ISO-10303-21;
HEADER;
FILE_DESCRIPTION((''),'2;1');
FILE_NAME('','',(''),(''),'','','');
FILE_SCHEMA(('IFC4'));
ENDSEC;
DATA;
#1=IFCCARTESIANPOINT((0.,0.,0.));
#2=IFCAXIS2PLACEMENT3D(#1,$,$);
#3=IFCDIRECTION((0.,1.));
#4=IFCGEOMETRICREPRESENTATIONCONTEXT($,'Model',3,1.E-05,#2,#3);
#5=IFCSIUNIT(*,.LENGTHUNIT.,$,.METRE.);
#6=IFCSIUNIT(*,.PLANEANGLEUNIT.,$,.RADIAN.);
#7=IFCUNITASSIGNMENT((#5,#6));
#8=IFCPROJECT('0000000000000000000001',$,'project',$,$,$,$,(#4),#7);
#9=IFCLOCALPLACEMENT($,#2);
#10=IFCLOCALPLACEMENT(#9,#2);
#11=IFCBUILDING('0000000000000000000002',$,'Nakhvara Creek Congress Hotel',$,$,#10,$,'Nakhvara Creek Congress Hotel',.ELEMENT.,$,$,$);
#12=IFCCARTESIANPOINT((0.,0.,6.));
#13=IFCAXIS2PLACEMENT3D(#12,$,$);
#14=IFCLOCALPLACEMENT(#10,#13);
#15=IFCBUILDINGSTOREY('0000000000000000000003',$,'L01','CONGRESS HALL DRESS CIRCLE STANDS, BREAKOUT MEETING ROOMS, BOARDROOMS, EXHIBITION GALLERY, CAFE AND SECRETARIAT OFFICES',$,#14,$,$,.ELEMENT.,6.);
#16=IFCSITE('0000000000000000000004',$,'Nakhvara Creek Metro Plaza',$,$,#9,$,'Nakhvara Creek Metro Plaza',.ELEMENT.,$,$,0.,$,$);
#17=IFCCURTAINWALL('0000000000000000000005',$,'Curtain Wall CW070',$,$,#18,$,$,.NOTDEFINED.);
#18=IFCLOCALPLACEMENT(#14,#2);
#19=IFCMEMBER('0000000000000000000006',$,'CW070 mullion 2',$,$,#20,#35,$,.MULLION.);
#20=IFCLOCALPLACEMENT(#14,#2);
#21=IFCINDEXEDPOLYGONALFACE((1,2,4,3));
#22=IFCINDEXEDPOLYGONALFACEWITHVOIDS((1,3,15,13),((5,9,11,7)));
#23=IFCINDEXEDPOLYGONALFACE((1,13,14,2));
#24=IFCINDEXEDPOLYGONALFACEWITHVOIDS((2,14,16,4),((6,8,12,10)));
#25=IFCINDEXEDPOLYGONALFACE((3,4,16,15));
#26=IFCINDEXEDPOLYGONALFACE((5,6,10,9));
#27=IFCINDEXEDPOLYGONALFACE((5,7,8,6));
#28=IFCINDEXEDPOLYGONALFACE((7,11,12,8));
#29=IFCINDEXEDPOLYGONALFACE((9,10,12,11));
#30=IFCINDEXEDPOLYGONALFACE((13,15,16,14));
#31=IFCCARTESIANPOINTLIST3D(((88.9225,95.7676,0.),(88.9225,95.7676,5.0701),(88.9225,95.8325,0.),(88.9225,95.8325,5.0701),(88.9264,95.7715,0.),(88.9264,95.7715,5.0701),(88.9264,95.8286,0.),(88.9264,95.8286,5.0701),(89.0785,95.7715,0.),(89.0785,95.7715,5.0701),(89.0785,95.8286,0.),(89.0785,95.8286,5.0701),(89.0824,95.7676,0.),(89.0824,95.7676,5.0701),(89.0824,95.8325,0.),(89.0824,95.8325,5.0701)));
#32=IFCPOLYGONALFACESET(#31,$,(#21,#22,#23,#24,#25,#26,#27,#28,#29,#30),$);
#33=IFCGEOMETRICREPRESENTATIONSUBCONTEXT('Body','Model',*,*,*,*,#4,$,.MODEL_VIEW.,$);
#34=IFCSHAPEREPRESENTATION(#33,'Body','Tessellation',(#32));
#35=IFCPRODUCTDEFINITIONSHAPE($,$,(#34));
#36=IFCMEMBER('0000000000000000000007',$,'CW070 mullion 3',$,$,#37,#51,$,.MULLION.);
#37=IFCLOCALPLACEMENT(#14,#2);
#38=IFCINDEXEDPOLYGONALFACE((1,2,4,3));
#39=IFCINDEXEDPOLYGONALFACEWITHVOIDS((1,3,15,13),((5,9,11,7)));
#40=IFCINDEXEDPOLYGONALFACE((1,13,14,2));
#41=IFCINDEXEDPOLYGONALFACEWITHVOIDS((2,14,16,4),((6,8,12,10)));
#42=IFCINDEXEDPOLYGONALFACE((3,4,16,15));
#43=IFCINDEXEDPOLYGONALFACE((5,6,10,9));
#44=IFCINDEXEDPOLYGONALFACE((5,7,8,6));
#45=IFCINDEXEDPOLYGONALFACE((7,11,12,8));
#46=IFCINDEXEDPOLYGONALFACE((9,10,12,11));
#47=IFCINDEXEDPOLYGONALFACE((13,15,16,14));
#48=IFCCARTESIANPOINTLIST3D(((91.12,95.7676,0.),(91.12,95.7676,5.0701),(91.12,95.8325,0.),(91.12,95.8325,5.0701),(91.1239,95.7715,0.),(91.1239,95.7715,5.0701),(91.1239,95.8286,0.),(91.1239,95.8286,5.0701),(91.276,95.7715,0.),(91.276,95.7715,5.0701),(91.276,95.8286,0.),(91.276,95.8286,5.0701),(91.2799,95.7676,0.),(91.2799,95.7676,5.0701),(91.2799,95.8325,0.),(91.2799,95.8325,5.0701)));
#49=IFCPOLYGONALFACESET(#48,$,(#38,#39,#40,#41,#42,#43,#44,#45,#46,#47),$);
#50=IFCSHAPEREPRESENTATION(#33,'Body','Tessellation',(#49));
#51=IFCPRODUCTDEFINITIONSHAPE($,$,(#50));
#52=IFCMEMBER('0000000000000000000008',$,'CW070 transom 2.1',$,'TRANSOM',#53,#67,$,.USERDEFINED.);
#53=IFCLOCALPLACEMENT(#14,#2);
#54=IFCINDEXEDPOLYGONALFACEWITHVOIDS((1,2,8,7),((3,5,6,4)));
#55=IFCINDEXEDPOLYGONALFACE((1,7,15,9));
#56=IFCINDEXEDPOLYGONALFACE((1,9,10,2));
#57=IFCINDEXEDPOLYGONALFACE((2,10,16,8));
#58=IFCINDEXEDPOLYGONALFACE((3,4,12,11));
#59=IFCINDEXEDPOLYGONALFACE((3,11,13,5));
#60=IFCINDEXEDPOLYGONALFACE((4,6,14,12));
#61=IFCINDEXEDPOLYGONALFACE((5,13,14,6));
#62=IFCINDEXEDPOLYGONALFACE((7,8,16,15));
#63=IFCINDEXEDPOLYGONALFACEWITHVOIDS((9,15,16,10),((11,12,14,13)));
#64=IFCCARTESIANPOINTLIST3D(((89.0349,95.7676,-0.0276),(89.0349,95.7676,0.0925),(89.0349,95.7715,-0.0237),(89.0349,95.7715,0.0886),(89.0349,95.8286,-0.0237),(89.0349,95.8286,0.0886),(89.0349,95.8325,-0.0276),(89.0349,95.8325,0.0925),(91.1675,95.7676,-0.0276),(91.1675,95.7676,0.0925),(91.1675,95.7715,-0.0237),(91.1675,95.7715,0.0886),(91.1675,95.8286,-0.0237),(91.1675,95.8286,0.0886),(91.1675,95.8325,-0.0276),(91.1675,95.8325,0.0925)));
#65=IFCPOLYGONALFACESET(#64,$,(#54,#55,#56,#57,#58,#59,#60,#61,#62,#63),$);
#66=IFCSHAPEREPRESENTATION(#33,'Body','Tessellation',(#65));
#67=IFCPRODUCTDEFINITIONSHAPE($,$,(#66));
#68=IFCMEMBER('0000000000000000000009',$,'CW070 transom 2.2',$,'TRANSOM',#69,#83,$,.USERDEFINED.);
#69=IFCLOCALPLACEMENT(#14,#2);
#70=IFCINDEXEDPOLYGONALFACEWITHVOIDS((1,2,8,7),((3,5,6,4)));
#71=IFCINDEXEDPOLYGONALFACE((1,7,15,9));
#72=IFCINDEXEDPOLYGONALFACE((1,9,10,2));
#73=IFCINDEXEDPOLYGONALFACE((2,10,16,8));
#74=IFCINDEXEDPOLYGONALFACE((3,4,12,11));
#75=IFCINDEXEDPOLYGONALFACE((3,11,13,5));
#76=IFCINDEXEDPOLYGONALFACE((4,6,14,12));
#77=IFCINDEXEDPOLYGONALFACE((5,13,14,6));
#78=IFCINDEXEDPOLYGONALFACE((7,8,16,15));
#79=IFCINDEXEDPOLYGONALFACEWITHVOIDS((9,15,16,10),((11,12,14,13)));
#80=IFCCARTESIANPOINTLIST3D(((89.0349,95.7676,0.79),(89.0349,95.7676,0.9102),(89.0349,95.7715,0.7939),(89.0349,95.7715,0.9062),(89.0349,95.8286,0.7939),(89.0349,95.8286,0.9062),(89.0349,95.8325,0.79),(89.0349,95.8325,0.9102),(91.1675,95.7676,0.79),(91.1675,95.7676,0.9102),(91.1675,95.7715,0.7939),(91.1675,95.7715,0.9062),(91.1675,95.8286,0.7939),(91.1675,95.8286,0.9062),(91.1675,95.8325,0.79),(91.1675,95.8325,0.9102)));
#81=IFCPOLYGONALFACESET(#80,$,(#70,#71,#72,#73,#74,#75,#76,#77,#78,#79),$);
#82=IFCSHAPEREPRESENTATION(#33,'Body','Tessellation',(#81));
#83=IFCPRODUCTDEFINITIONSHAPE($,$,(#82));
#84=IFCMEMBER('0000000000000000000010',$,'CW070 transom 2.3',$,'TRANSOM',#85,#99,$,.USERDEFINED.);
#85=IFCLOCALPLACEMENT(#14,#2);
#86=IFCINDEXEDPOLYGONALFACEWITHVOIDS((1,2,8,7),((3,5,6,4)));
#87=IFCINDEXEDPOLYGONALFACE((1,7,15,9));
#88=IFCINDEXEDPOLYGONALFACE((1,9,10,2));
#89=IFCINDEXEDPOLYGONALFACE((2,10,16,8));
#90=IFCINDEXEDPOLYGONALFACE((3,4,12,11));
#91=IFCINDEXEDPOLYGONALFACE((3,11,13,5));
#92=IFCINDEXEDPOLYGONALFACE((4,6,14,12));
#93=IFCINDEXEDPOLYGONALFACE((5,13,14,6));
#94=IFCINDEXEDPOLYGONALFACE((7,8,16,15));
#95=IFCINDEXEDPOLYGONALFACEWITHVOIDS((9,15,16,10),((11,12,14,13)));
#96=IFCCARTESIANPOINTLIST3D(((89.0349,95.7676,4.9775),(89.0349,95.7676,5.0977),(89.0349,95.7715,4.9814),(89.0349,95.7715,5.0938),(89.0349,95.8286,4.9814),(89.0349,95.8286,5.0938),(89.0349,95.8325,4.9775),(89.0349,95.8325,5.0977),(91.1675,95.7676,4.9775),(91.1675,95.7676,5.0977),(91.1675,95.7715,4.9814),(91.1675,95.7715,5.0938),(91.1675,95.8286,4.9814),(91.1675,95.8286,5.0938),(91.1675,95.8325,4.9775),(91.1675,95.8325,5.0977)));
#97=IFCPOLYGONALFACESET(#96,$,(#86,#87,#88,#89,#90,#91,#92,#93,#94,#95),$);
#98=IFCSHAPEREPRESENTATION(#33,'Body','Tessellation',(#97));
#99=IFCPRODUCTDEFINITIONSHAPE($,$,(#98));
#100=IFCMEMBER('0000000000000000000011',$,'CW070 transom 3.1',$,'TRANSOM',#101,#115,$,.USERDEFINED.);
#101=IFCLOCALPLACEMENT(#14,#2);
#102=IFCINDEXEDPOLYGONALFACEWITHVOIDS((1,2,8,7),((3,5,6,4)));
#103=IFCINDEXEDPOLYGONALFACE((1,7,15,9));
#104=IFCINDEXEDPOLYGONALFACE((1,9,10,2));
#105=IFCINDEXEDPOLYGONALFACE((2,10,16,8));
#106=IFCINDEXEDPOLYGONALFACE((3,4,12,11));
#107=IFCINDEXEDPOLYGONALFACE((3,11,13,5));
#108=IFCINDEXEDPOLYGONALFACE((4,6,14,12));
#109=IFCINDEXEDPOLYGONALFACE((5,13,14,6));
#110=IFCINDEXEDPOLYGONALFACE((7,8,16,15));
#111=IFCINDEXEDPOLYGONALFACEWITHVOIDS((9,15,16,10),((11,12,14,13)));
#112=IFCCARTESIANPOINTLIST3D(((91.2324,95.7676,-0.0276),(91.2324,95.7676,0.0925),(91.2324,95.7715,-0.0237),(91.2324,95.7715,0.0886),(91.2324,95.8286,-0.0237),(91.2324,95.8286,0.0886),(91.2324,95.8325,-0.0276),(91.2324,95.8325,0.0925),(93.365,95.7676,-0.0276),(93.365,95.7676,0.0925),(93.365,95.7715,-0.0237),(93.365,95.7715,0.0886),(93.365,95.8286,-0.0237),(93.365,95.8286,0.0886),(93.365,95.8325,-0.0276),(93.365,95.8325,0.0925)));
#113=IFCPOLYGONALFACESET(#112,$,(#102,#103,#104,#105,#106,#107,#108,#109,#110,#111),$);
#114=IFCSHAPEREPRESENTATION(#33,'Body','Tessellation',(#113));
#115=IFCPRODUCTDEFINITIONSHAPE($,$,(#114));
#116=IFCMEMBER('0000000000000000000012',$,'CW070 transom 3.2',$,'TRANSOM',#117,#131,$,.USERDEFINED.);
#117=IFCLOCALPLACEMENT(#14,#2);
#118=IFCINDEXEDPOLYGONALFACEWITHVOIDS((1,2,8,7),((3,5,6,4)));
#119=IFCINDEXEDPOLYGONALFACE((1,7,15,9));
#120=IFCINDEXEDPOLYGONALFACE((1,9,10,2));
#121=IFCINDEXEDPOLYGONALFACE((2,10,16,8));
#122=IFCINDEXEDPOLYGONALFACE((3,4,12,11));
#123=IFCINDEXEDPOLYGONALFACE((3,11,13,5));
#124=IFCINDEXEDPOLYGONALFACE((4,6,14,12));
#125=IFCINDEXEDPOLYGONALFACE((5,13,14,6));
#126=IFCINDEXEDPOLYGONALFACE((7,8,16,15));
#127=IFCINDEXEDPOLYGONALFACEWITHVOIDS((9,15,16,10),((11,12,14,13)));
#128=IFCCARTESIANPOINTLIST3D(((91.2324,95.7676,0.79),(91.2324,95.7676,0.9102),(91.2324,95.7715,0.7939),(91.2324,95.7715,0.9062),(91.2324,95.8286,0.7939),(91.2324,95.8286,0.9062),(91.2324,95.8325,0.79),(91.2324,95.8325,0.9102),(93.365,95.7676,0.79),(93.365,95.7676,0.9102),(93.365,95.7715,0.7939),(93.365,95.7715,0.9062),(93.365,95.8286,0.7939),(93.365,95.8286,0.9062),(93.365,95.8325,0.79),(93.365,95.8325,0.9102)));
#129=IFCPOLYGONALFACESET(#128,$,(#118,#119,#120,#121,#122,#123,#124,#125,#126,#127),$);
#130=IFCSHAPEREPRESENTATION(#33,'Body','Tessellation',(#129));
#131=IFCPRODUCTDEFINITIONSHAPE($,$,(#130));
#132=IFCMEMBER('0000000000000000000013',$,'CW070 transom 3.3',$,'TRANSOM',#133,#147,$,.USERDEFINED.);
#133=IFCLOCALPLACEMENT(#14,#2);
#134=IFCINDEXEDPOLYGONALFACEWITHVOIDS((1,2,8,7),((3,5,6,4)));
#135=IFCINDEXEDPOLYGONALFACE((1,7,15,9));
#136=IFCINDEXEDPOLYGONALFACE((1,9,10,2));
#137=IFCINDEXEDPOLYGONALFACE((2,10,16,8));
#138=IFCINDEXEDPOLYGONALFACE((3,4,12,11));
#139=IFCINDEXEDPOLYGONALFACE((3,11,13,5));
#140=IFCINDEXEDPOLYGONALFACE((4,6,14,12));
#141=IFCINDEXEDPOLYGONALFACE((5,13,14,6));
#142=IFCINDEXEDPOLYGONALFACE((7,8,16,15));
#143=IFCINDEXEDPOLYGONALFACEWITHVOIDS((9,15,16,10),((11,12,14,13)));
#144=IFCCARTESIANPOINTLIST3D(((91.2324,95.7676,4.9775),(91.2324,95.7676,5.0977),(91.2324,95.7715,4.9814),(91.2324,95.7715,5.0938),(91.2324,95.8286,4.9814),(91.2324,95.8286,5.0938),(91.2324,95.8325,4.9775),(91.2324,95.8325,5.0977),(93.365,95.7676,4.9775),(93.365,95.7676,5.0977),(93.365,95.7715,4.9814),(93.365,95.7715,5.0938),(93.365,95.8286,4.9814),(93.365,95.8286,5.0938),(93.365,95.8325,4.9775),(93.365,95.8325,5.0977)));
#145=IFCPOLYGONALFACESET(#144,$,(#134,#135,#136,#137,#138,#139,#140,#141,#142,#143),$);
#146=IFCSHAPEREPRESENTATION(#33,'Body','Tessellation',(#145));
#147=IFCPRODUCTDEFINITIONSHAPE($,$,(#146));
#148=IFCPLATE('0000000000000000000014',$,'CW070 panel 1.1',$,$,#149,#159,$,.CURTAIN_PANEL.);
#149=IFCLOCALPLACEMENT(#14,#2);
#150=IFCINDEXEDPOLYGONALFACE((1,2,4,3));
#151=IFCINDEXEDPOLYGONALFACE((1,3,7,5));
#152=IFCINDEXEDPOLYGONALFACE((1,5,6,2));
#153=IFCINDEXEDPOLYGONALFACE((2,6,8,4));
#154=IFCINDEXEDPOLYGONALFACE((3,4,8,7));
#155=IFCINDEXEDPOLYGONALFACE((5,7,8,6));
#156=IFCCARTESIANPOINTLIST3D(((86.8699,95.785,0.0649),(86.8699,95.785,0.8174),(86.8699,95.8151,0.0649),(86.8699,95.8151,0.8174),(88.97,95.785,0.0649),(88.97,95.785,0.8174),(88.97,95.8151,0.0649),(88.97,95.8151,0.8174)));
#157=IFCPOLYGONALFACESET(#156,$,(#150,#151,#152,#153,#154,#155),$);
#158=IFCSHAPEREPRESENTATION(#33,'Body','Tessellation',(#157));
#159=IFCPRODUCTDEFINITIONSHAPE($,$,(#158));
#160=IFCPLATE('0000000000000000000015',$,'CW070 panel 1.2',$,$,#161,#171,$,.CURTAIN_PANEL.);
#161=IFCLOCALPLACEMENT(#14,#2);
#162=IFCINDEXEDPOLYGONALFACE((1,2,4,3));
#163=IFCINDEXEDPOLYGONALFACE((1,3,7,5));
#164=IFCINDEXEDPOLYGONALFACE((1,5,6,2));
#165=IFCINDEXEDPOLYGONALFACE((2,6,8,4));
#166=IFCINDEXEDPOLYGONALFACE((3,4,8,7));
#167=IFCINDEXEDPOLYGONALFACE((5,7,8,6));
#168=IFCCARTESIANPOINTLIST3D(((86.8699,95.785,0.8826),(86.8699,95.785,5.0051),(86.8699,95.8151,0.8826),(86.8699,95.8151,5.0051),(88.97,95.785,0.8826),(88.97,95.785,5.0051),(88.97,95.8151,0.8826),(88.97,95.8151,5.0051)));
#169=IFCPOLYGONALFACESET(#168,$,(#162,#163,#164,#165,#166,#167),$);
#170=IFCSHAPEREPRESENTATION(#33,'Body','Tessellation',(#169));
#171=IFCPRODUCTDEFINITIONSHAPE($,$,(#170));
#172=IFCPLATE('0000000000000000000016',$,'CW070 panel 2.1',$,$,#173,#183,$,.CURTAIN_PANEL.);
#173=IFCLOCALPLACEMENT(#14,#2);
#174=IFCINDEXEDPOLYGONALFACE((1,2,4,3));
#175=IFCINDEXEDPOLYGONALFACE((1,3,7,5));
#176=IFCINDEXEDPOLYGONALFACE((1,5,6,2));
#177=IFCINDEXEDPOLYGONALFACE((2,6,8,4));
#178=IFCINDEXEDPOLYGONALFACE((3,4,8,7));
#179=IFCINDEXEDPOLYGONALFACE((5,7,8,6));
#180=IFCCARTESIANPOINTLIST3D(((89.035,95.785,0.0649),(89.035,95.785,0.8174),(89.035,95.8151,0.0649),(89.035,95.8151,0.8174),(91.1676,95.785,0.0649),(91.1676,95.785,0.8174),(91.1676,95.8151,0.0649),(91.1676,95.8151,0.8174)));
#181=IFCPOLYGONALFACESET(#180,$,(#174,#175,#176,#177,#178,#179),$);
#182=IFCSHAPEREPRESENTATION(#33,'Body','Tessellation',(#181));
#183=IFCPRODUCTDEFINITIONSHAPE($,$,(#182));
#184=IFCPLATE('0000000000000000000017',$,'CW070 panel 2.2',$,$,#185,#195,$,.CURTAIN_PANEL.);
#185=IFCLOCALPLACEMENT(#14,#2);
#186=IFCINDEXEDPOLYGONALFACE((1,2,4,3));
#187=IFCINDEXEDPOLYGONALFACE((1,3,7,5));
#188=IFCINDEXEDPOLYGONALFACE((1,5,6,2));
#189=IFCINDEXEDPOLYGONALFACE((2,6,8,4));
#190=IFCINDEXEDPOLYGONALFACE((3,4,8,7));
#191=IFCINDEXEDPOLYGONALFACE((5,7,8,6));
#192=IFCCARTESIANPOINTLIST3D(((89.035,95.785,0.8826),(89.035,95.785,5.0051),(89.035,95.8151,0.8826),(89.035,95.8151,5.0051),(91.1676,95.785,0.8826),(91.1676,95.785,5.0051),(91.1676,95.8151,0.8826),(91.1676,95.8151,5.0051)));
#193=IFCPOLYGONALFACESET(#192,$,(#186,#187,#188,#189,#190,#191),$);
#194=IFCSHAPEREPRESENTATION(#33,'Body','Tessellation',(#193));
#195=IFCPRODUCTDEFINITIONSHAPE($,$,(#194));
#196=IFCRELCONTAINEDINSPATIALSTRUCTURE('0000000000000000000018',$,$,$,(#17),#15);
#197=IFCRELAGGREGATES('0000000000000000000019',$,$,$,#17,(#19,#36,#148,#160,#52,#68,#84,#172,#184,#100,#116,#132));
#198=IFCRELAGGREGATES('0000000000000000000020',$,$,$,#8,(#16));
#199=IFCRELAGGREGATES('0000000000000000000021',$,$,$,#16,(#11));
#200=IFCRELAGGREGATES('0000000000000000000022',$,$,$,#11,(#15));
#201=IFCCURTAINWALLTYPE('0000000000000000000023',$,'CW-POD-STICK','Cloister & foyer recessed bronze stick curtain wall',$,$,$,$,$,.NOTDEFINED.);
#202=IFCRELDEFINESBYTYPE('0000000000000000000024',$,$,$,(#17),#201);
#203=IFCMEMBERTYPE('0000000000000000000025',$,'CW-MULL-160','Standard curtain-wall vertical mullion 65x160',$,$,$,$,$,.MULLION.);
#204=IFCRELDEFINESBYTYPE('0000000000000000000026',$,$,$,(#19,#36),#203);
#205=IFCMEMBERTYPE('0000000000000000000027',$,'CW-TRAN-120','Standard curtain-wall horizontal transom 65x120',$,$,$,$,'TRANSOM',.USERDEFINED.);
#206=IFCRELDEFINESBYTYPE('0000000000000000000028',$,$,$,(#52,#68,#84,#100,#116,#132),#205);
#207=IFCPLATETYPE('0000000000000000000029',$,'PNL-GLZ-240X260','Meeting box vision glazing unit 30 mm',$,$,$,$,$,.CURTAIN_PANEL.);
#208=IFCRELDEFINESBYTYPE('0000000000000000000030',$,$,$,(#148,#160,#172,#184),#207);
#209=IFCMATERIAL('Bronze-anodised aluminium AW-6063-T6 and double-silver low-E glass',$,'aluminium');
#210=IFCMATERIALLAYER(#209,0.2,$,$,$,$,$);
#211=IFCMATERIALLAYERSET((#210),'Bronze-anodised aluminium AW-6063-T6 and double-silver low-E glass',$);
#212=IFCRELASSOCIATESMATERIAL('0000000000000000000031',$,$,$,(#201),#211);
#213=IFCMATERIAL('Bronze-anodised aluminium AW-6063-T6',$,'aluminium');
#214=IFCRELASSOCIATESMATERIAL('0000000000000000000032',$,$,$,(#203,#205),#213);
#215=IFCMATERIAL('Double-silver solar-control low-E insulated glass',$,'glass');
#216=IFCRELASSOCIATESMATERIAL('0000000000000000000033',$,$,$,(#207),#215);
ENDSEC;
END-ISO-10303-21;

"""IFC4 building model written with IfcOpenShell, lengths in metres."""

from ifc_helpers import new_model, si_unit, direction, frame, origin, origin_2d, place, context, subcontext, project, spatial, rectangle, hollow_rectangle, extrude, material, layer, layer_set, material_profile, profile_set, type_object, element, aggregate, save


model = new_model("IFC4")

# Units and contexts
model_context = context("Model", 3, precision=1e-05, world=origin(), true_north=direction((0.0, 1.0)))
body_context = subcontext(model_context, "Body", "Model", "MODEL_VIEW")
ifc_project = project(units=[si_unit("LENGTHUNIT", "METRE"), si_unit("PLANEANGLEUNIT", "RADIAN")], contexts=[model_context])

# Site, building, storey
site_placement = place(None, origin())
site = spatial("IfcSite", under=ifc_project, at=site_placement, Name="Nakhvara Creek Metro Plaza", LongName="Nakhvara Creek Metro Plaza", CompositionType="ELEMENT", RefElevation=0.0)
building_placement = place(site_placement, origin())
building = spatial("IfcBuilding", under=site, at=building_placement, Name="Nakhvara Creek Congress Hotel", LongName="Nakhvara Creek Congress Hotel", CompositionType="ELEMENT")
storey_placement = place(building_placement, frame((0.0, 0.0, 6.0)))
storey = spatial("IfcBuildingStorey", under=building, at=storey_placement, Name="L01", Description="CONGRESS HALL DRESS CIRCLE STANDS, BREAKOUT MEETING ROOMS, BOARDROOMS, EXHIBITION GALLERY, CAFE AND SECRETARIAT OFFICES", CompositionType="ELEMENT", Elevation=6.0)

# Curtain wall, members, plates
ifc_material_1 = material(Name="Bronze-anodised aluminium AW-6063-T6 and double-silver low-E glass", Category="aluminium")
ifc_layer_1 = layer(ifc_material_1, 0.2)
ifc_layer_set_1 = layer_set([ifc_layer_1], Name="Bronze-anodised aluminium AW-6063-T6 and double-silver low-E glass")
curtain_wall_type = type_object("IfcCurtainWallType", Name="CW-POD-STICK", Description="Cloister & foyer recessed bronze stick curtain wall", PredefinedType="NOTDEFINED", material=ifc_layer_set_1)
curtain_wall_placement = place(storey_placement, origin())
curtain_wall = element("IfcCurtainWall", 1, at=curtain_wall_placement, inside=storey, type_object=curtain_wall_type, Name="Curtain Wall CW070", PredefinedType="NOTDEFINED")
ifc_material_2 = material(Name="Bronze-anodised aluminium AW-6063-T6", Category="aluminium")
ifc_material_profile_1 = material_profile(ifc_material_2, hollow_rectangle(XDim=0.0649, YDim=0.1599, WallThickness=0.0039, at=origin_2d()), Name="ALU-MULL 65x160x4", Category="LoadBearing")
ifc_profile_set_1 = profile_set([ifc_material_profile_1], Name="Bronze-anodised aluminium AW-6063-T6")
member_type_1 = type_object("IfcMemberType", Name="CW-MULL-160", Description="Standard curtain-wall vertical mullion 65x160", PredefinedType="MULLION", material=ifc_profile_set_1)
member_1_placement = place(storey_placement, frame((89.0024, 95.8, 0.0), z_axis=(0.0, 0.0, 1.0), x_axis=(0.0, 1.0, 0.0)))
member_1 = element("IfcMember", 2, at=member_1_placement, type_object=member_type_1, Name="CW070 mullion 2", PredefinedType="MULLION", context=body_context, shape_type="SweptSolid", body=[
    extrude(hollow_rectangle(XDim=0.0649, YDim=0.1599, WallThickness=0.0039, at=origin_2d()), origin(), (0.0, 0.0, 1.0), 5.0701),
])
member_2_placement = place(storey_placement, frame((91.2, 95.8, 0.0), z_axis=(0.0, 0.0, 1.0), x_axis=(0.0, 1.0, 0.0)))
member_2 = element("IfcMember", 3, at=member_2_placement, type_object=member_type_1, Name="CW070 mullion 3", PredefinedType="MULLION", context=body_context, shape_type="SweptSolid", body=[
    extrude(hollow_rectangle(XDim=0.0649, YDim=0.1599, WallThickness=0.0039, at=origin_2d()), origin(), (0.0, 0.0, 1.0), 5.0701),
])
ifc_material_profile_2 = material_profile(ifc_material_2, hollow_rectangle(XDim=0.0649, YDim=0.1201, WallThickness=0.0039, at=origin_2d()), Name="ALU-TRAN 65x120x4", Category="LoadBearing")
ifc_profile_set_2 = profile_set([ifc_material_profile_2], Name="Bronze-anodised aluminium AW-6063-T6")
member_type_2 = type_object("IfcMemberType", Name="CW-TRAN-120", Description="Standard curtain-wall horizontal transom 65x120", ElementType="TRANSOM", PredefinedType="USERDEFINED", material=ifc_profile_set_2)
member_3_placement = place(storey_placement, frame((89.0349, 95.8, 0.0325), z_axis=(1.0, 0.0, 0.0), x_axis=(0.0, 1.0, 0.0)))
member_3 = element("IfcMember", 4, at=member_3_placement, type_object=member_type_2, Name="CW070 transom 2.1", ObjectType="TRANSOM", PredefinedType="USERDEFINED", context=body_context, shape_type="SweptSolid", body=[
    extrude(hollow_rectangle(XDim=0.0649, YDim=0.1201, WallThickness=0.0039, at=origin_2d()), origin(), (0.0, 0.0, 1.0), 2.1326),
])
member_4_placement = place(storey_placement, frame((89.0349, 95.8, 0.8501), z_axis=(1.0, 0.0, 0.0), x_axis=(0.0, 1.0, 0.0)))
member_4 = element("IfcMember", 5, at=member_4_placement, type_object=member_type_2, Name="CW070 transom 2.2", ObjectType="TRANSOM", PredefinedType="USERDEFINED", context=body_context, shape_type="SweptSolid", body=[
    extrude(hollow_rectangle(XDim=0.0649, YDim=0.1201, WallThickness=0.0039, at=origin_2d()), origin(), (0.0, 0.0, 1.0), 2.1326),
])
member_5_placement = place(storey_placement, frame((89.0349, 95.8, 5.0376), z_axis=(1.0, 0.0, 0.0), x_axis=(0.0, 1.0, 0.0)))
member_5 = element("IfcMember", 6, at=member_5_placement, type_object=member_type_2, Name="CW070 transom 2.3", ObjectType="TRANSOM", PredefinedType="USERDEFINED", context=body_context, shape_type="SweptSolid", body=[
    extrude(hollow_rectangle(XDim=0.0649, YDim=0.1201, WallThickness=0.0039, at=origin_2d()), origin(), (0.0, 0.0, 1.0), 2.1326),
])
member_6_placement = place(storey_placement, frame((91.2324, 95.8, 0.0325), z_axis=(1.0, 0.0, 0.0), x_axis=(0.0, 1.0, 0.0)))
member_6 = element("IfcMember", 7, at=member_6_placement, type_object=member_type_2, Name="CW070 transom 3.1", ObjectType="TRANSOM", PredefinedType="USERDEFINED", context=body_context, shape_type="SweptSolid", body=[
    extrude(hollow_rectangle(XDim=0.0649, YDim=0.1201, WallThickness=0.0039, at=origin_2d()), origin(), (0.0, 0.0, 1.0), 2.1326),
])
member_7_placement = place(storey_placement, frame((91.2324, 95.8, 0.8501), z_axis=(1.0, 0.0, 0.0), x_axis=(0.0, 1.0, 0.0)))
member_7 = element("IfcMember", 8, at=member_7_placement, type_object=member_type_2, Name="CW070 transom 3.2", ObjectType="TRANSOM", PredefinedType="USERDEFINED", context=body_context, shape_type="SweptSolid", body=[
    extrude(hollow_rectangle(XDim=0.0649, YDim=0.1201, WallThickness=0.0039, at=origin_2d()), origin(), (0.0, 0.0, 1.0), 2.1326),
])
member_8_placement = place(storey_placement, frame((91.2324, 95.8, 5.0376), z_axis=(1.0, 0.0, 0.0), x_axis=(0.0, 1.0, 0.0)))
member_8 = element("IfcMember", 9, at=member_8_placement, type_object=member_type_2, Name="CW070 transom 3.3", ObjectType="TRANSOM", PredefinedType="USERDEFINED", context=body_context, shape_type="SweptSolid", body=[
    extrude(hollow_rectangle(XDim=0.0649, YDim=0.1201, WallThickness=0.0039, at=origin_2d()), origin(), (0.0, 0.0, 1.0), 2.1326),
])
ifc_material_3 = material(Name="Double-silver solar-control low-E insulated glass", Category="glass")
plate_type = type_object("IfcPlateType", Name="PNL-GLZ-240X260", Description="Meeting box vision glazing unit 30 mm", PredefinedType="CURTAIN_PANEL", material=ifc_material_3)
plate_1_placement = place(storey_placement, frame((87.9199, 95.8, 0.0649), z_axis=(0.0, 0.0, 1.0), x_axis=(1.0, 0.0, 0.0)))
plate_1 = element("IfcPlate", 10, at=plate_1_placement, type_object=plate_type, Name="CW070 panel 1.1", PredefinedType="CURTAIN_PANEL", context=body_context, shape_type="SweptSolid", body=[
    extrude(rectangle(XDim=2.1001, YDim=0.03, at=origin_2d()), origin(), (0.0, 0.0, 1.0), 0.7524),
])
plate_2_placement = place(storey_placement, frame((87.9199, 95.8, 0.8826), z_axis=(0.0, 0.0, 1.0), x_axis=(1.0, 0.0, 0.0)))
plate_2 = element("IfcPlate", 11, at=plate_2_placement, type_object=plate_type, Name="CW070 panel 1.2", PredefinedType="CURTAIN_PANEL", context=body_context, shape_type="SweptSolid", body=[
    extrude(rectangle(XDim=2.1001, YDim=0.03, at=origin_2d()), origin(), (0.0, 0.0, 1.0), 4.1226),
])
plate_3_placement = place(storey_placement, frame((90.1013, 95.8, 0.0649), z_axis=(0.0, 0.0, 1.0), x_axis=(1.0, 0.0, 0.0)))
plate_3 = element("IfcPlate", 12, at=plate_3_placement, type_object=plate_type, Name="CW070 panel 2.1", PredefinedType="CURTAIN_PANEL", context=body_context, shape_type="SweptSolid", body=[
    extrude(rectangle(XDim=2.1326, YDim=0.03, at=origin_2d()), origin(), (0.0, 0.0, 1.0), 0.7524),
])
plate_4_placement = place(storey_placement, frame((90.1013, 95.8, 0.8826), z_axis=(0.0, 0.0, 1.0), x_axis=(1.0, 0.0, 0.0)))
plate_4 = element("IfcPlate", 13, at=plate_4_placement, type_object=plate_type, Name="CW070 panel 2.2", PredefinedType="CURTAIN_PANEL", context=body_context, shape_type="SweptSolid", body=[
    extrude(rectangle(XDim=2.1326, YDim=0.03, at=origin_2d()), origin(), (0.0, 0.0, 1.0), 4.1226),
])
aggregate(curtain_wall, [member_1, member_2, plate_1, plate_2, member_3, member_4, member_5, plate_3, plate_4, member_6, member_7, member_8])

save(model, "model.ifc")
